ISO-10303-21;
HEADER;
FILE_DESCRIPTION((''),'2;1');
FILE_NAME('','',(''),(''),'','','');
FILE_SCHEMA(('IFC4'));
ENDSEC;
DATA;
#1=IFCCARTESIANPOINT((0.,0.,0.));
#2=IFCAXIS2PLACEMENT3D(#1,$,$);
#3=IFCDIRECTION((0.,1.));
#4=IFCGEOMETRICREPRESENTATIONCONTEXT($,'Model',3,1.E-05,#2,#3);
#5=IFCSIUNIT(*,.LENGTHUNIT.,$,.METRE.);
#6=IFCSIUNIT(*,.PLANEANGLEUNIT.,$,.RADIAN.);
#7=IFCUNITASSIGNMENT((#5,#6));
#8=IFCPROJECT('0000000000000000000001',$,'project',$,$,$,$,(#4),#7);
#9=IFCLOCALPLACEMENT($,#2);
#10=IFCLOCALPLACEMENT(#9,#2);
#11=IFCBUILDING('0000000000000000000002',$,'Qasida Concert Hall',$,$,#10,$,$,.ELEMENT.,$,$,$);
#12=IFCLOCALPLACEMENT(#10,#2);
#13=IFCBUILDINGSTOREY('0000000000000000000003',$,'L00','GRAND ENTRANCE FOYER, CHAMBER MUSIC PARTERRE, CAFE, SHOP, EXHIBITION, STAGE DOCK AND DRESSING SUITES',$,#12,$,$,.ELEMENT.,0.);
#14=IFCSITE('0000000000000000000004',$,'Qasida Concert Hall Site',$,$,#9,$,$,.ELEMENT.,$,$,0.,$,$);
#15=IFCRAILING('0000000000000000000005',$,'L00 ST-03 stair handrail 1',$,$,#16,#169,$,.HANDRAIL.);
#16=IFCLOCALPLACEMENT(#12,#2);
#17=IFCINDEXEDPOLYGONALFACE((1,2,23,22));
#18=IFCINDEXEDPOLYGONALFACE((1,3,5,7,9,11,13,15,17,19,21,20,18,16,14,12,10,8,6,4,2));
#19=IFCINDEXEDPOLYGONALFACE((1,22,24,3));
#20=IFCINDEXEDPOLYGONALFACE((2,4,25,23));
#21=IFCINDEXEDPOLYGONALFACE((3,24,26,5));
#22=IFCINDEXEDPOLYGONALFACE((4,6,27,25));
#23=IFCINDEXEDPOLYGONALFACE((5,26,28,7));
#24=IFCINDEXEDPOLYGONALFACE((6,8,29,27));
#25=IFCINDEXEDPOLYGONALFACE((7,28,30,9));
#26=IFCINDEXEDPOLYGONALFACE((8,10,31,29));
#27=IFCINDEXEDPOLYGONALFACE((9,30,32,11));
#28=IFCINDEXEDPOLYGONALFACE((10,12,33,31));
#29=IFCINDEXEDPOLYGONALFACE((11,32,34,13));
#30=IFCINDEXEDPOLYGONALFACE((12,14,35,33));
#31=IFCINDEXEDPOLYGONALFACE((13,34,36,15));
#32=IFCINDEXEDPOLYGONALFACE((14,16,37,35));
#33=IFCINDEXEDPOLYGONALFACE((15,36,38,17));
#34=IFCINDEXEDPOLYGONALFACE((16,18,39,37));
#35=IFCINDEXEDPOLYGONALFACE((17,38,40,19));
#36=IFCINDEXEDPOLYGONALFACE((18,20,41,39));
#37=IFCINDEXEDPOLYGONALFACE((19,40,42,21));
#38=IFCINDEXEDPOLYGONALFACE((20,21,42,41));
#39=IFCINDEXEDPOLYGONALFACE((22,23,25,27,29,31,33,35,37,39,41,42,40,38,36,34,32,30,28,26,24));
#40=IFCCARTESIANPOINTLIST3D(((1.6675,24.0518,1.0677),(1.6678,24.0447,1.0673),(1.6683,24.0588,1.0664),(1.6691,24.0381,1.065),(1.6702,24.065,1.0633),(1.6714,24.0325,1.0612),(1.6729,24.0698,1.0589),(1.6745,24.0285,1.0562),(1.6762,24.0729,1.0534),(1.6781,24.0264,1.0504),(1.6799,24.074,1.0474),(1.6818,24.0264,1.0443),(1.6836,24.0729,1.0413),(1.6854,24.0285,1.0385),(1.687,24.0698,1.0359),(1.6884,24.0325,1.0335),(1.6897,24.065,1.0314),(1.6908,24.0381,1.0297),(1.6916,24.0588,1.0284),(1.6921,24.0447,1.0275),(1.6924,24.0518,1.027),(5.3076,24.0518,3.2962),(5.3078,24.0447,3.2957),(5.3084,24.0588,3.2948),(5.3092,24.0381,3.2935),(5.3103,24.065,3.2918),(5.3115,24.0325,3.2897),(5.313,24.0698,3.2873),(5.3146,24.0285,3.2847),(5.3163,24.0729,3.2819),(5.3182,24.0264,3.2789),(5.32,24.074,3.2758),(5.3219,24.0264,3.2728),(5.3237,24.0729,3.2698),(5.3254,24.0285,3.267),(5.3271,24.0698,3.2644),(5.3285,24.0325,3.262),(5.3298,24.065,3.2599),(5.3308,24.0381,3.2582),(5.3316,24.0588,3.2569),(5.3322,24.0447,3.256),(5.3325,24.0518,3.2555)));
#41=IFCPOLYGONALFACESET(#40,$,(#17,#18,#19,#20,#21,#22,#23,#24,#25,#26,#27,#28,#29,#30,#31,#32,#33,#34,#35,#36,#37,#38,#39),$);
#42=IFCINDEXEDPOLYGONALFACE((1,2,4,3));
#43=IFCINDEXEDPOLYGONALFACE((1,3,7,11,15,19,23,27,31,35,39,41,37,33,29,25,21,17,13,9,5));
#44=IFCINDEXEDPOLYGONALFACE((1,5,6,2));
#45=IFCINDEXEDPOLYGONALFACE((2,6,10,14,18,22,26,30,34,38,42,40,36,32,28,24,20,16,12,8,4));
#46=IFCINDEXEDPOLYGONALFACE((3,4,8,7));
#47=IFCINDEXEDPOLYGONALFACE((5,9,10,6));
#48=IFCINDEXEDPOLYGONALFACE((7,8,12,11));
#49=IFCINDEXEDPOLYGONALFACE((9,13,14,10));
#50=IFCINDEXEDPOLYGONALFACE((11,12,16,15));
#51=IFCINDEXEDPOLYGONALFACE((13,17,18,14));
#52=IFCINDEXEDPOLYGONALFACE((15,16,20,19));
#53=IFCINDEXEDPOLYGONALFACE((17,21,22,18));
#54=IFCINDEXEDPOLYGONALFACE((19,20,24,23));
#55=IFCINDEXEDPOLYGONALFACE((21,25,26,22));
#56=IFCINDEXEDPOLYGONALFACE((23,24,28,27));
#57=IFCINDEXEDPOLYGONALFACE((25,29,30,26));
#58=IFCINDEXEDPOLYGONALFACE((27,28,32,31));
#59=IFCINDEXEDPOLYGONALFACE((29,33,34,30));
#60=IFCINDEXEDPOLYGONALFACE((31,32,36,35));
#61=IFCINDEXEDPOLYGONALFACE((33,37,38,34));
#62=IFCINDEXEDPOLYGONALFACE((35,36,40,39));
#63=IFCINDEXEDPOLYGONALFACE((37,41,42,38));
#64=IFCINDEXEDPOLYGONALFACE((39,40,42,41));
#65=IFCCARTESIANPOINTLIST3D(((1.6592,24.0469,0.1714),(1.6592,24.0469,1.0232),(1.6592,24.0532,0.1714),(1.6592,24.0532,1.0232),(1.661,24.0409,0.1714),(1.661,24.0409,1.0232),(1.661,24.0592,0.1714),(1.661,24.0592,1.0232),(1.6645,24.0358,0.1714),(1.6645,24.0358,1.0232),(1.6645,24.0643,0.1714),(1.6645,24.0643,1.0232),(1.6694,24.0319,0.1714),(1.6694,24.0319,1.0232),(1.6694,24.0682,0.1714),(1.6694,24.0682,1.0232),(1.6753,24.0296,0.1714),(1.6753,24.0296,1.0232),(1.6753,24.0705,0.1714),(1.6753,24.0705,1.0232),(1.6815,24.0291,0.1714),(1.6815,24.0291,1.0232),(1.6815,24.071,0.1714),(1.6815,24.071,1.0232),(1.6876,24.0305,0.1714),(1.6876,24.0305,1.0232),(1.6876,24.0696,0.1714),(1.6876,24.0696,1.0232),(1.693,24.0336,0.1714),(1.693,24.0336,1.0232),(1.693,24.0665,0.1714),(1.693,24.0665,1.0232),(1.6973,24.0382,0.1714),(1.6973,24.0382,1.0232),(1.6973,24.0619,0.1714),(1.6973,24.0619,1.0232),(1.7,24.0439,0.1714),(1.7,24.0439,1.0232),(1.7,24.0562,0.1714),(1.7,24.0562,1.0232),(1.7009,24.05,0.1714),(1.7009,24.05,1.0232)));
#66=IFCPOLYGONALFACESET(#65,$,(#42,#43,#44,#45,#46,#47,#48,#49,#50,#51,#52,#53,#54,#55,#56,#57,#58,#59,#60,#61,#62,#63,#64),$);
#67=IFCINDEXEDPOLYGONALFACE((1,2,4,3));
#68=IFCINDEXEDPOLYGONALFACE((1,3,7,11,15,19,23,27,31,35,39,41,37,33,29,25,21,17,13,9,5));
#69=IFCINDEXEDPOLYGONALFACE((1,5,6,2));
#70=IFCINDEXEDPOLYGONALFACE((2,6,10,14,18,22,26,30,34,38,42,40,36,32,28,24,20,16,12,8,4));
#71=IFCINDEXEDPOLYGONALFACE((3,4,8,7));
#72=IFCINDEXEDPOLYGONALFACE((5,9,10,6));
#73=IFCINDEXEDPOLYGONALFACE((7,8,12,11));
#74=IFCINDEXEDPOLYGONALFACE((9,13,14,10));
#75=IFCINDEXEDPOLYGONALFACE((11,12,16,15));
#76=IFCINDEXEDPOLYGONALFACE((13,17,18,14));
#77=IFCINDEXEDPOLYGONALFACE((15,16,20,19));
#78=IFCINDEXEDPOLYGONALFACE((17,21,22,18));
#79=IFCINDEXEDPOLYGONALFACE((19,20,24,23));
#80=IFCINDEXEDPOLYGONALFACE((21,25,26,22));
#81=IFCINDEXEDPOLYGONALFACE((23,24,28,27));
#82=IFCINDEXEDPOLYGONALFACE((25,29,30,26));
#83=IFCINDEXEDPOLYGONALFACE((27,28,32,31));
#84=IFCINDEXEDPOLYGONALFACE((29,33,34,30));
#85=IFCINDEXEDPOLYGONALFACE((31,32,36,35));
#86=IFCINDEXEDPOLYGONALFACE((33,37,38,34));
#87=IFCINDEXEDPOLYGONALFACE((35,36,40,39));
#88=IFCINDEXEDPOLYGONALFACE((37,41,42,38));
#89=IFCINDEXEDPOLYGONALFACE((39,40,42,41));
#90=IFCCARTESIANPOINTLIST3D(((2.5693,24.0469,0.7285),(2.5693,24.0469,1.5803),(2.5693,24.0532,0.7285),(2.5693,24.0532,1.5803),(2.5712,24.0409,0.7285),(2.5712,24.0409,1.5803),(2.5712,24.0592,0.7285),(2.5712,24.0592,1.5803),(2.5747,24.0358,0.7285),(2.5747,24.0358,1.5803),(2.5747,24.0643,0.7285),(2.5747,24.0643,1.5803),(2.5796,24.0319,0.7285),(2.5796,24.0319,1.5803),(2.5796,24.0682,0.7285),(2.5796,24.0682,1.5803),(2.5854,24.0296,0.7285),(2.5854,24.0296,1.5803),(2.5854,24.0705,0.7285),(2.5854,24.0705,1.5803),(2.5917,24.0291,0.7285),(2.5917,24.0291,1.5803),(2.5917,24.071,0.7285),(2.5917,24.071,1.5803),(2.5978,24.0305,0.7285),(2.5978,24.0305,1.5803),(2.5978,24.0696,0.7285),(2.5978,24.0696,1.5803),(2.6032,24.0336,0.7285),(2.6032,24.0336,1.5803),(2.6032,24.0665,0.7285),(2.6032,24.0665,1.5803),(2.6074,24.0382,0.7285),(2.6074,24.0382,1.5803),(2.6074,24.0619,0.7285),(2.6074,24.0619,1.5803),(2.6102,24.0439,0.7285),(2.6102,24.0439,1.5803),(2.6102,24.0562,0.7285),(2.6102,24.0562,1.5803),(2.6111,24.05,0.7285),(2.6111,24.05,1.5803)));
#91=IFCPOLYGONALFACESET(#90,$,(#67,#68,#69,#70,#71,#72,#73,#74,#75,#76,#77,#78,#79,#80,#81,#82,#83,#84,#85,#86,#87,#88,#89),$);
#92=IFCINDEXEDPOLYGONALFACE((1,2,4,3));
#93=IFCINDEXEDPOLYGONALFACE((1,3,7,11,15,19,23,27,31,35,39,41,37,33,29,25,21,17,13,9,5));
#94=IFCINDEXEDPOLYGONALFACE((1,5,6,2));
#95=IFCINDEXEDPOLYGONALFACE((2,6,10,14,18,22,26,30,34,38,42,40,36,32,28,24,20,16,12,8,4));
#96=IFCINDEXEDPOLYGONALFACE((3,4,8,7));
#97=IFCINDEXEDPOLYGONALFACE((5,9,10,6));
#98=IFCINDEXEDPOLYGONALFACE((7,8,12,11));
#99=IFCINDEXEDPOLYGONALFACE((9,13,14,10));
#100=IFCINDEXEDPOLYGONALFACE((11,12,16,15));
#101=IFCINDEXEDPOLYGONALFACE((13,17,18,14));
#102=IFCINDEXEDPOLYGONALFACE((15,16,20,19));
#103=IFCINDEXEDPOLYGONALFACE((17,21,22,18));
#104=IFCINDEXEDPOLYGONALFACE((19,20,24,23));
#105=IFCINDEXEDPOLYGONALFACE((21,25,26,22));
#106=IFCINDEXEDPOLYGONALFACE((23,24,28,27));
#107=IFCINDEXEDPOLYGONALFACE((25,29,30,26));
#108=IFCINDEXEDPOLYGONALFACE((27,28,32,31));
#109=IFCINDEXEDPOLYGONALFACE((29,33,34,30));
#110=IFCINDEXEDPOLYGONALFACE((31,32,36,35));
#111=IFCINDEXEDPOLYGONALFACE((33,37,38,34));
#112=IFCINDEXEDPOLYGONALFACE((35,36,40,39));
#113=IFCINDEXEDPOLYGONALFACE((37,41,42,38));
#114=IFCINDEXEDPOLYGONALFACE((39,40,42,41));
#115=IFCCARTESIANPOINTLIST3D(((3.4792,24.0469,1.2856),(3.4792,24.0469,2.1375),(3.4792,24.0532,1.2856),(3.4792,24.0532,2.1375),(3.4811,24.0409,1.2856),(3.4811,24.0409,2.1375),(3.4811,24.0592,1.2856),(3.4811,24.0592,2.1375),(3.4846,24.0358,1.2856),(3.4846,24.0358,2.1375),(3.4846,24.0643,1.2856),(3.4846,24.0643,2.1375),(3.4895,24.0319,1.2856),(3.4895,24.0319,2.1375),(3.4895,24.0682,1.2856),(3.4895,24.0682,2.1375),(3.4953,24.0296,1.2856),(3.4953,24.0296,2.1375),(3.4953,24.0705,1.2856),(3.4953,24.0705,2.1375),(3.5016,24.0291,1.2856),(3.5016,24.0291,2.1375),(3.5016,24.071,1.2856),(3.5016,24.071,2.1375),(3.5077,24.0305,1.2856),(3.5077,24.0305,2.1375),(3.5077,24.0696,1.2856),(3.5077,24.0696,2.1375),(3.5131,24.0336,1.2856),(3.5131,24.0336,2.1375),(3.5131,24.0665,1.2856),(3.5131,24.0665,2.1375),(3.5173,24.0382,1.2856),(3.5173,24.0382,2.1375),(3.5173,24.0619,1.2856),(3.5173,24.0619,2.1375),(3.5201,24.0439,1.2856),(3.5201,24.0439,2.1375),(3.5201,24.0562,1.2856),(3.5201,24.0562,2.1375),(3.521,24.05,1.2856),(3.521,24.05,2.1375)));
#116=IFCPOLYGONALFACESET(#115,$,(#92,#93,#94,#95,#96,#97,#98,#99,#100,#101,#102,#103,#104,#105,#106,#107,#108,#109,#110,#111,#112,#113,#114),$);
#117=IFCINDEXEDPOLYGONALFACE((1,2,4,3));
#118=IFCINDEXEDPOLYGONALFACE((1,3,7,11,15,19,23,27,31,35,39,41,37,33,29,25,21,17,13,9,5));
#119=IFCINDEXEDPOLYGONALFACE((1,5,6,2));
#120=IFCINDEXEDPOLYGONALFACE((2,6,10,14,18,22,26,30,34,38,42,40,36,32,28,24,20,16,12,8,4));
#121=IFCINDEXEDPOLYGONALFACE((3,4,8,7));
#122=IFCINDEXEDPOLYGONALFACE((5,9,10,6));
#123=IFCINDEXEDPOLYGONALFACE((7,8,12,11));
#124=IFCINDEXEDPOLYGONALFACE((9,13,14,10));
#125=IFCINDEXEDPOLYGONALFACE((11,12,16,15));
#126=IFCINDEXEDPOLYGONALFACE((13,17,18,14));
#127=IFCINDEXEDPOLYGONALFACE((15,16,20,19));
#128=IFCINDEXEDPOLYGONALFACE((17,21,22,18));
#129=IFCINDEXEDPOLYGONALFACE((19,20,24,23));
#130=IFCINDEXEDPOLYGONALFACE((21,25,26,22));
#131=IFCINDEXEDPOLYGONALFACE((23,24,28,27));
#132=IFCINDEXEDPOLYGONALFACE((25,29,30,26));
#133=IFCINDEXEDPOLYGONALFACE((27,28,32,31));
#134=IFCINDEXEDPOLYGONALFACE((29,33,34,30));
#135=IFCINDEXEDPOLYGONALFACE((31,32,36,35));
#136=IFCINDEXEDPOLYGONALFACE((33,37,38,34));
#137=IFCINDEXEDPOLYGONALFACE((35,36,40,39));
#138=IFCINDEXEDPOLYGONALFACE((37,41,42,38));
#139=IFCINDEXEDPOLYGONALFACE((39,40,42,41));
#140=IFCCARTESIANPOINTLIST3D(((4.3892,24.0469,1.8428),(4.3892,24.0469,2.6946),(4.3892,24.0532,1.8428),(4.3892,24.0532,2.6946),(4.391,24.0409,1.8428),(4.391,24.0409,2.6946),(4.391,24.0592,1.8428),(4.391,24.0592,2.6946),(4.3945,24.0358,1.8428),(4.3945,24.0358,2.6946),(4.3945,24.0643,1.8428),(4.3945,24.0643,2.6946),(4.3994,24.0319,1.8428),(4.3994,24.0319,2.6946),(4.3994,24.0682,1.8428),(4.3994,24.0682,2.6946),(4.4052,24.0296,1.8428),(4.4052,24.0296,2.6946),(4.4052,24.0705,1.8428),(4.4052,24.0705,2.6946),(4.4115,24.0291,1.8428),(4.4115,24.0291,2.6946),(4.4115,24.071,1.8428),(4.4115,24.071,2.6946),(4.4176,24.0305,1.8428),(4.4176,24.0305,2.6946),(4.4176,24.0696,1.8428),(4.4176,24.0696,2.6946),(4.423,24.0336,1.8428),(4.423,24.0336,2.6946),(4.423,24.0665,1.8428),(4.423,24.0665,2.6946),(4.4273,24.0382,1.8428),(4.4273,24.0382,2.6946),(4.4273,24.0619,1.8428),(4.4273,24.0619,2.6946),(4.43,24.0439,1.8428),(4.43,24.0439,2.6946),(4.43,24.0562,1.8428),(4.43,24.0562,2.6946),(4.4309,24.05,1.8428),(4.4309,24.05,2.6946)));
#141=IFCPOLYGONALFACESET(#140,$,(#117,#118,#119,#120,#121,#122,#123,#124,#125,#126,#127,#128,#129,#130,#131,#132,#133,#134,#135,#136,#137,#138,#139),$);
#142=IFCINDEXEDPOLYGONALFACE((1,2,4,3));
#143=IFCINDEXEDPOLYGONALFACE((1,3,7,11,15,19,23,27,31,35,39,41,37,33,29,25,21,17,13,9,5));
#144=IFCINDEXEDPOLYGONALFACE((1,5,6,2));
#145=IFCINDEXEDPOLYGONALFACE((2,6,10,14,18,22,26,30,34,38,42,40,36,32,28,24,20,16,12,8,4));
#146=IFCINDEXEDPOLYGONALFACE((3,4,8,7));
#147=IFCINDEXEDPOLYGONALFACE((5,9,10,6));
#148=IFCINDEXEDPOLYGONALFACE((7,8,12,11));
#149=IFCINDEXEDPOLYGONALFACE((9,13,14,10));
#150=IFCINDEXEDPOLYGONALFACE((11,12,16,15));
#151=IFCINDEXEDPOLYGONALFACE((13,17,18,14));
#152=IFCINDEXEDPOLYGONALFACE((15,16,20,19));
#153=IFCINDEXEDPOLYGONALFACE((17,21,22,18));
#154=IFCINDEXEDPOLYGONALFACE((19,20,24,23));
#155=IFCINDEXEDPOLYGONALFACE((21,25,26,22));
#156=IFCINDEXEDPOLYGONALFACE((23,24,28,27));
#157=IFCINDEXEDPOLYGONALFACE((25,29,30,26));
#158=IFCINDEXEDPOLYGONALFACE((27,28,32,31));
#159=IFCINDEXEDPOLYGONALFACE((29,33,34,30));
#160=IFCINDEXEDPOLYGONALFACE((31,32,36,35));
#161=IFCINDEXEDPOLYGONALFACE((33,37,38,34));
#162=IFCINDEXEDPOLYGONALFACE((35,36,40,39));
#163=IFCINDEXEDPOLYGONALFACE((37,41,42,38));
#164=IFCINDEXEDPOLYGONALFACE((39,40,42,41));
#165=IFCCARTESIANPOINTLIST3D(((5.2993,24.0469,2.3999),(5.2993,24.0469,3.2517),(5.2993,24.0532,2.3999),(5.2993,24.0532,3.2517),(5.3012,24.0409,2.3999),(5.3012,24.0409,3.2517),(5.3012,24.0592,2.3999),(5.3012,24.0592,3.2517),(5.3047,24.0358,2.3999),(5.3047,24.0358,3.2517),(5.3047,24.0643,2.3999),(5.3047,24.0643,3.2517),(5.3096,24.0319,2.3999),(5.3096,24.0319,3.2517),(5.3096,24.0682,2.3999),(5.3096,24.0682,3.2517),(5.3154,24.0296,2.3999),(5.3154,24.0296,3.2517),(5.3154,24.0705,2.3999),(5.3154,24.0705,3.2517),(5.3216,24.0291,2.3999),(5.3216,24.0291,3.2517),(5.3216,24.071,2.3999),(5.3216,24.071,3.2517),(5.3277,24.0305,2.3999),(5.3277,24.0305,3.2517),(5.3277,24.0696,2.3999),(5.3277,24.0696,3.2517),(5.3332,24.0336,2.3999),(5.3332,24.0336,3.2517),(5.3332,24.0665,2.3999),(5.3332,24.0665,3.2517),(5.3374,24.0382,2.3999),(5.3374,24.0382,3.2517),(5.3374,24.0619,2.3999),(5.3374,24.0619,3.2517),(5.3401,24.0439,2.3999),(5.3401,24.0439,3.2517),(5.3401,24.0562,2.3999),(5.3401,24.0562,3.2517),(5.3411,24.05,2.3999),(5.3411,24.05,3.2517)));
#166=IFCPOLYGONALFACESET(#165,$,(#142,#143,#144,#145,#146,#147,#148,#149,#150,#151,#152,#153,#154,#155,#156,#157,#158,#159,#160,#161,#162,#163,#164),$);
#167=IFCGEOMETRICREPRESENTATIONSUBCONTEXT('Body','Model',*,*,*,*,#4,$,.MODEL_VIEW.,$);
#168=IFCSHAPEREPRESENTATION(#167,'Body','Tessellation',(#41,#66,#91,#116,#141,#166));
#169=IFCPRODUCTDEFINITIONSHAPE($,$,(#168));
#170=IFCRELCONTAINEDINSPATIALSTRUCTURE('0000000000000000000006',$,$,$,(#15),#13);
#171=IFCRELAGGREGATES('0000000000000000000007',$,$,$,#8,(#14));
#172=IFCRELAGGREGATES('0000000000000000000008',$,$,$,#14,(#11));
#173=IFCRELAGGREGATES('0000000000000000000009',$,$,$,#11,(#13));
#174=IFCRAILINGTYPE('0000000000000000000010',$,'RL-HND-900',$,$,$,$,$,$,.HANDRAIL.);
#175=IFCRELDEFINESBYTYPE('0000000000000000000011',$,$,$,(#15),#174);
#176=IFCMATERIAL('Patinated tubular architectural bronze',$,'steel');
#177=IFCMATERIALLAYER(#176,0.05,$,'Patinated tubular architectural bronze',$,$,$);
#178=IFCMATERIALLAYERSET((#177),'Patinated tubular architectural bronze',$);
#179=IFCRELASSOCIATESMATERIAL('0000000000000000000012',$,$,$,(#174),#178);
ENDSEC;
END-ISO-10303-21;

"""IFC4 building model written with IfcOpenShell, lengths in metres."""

from ifc_helpers import new_model, si_unit, direction, frame, origin, origin_2d, place, context, subcontext, project, spatial, circle, extrude, material, layer, layer_set, type_object, element, save


model = new_model("IFC4")

# Units and contexts
model_context = context("Model", 3, precision=1e-05, world=origin(), true_north=direction((0.0, 1.0)))
body_context = subcontext(model_context, "Body", "Model", "MODEL_VIEW")
ifc_project = project(units=[si_unit("LENGTHUNIT", "METRE"), si_unit("PLANEANGLEUNIT", "RADIAN")], contexts=[model_context])

# Site, building, storey
site_placement = place(None, origin())
site = spatial("IfcSite", under=ifc_project, at=site_placement, Name="Qasida Concert Hall Site", CompositionType="ELEMENT", RefElevation=0.0)
building_placement = place(site_placement, origin())
building = spatial("IfcBuilding", under=site, at=building_placement, Name="Qasida Concert Hall", CompositionType="ELEMENT")
storey_placement = place(building_placement, origin())
storey = spatial("IfcBuildingStorey", under=building, at=storey_placement, Name="L00", Description="GRAND ENTRANCE FOYER, CHAMBER MUSIC PARTERRE, CAFE, SHOP, EXHIBITION, STAGE DOCK AND DRESSING SUITES", CompositionType="ELEMENT", Elevation=0.0)

# Railing
ifc_material_1 = material(Name="Patinated tubular architectural bronze", Category="steel")
ifc_layer_1 = layer(ifc_material_1, 0.05, Name="Patinated tubular architectural bronze")
ifc_layer_set_1 = layer_set([ifc_layer_1], Name="Patinated tubular architectural bronze")
railing_type_1 = type_object("IfcRailingType", Name="RL-HND-900", PredefinedType="HANDRAIL", material=ifc_layer_set_1)
railing_1_placement = place(storey_placement, frame((1.6799, 24.05, 0.1714)))
element("IfcRailing", 1, at=railing_1_placement, inside=storey, type_object=railing_type_1, Name="L00 ST-03 stair handrail 1", PredefinedType="HANDRAIL", context=body_context, shape_type="SweptSolid", body=[
    extrude(circle(Radius=0.0239, at=origin_2d()), frame((0.0, 0.0, 0.876), z_axis=(0.852866, 0.0, 0.52213), x_axis=(0.0, 1.0, 0.0)), (0.0, 0.0, 1.0), 4.2681),
    extrude(circle(Radius=0.021, at=origin_2d()), origin(), (0.0, 0.0, 1.0), 0.8518),
    extrude(circle(Radius=0.021, at=origin_2d()), frame((0.9102, 0.0, 0.5571)), (0.0, 0.0, 1.0), 0.8518),
    extrude(circle(Radius=0.021, at=origin_2d()), frame((1.8201, 0.0, 1.1143)), (0.0, 0.0, 1.0), 0.8518),
    extrude(circle(Radius=0.021, at=origin_2d()), frame((2.73, 0.0, 1.6714)), (0.0, 0.0, 1.0), 0.8518),
    extrude(circle(Radius=0.021, at=origin_2d()), frame((3.6401, 0.0, 2.2285)), (0.0, 0.0, 1.0), 0.8518),
])

save(model, "model.ifc")
